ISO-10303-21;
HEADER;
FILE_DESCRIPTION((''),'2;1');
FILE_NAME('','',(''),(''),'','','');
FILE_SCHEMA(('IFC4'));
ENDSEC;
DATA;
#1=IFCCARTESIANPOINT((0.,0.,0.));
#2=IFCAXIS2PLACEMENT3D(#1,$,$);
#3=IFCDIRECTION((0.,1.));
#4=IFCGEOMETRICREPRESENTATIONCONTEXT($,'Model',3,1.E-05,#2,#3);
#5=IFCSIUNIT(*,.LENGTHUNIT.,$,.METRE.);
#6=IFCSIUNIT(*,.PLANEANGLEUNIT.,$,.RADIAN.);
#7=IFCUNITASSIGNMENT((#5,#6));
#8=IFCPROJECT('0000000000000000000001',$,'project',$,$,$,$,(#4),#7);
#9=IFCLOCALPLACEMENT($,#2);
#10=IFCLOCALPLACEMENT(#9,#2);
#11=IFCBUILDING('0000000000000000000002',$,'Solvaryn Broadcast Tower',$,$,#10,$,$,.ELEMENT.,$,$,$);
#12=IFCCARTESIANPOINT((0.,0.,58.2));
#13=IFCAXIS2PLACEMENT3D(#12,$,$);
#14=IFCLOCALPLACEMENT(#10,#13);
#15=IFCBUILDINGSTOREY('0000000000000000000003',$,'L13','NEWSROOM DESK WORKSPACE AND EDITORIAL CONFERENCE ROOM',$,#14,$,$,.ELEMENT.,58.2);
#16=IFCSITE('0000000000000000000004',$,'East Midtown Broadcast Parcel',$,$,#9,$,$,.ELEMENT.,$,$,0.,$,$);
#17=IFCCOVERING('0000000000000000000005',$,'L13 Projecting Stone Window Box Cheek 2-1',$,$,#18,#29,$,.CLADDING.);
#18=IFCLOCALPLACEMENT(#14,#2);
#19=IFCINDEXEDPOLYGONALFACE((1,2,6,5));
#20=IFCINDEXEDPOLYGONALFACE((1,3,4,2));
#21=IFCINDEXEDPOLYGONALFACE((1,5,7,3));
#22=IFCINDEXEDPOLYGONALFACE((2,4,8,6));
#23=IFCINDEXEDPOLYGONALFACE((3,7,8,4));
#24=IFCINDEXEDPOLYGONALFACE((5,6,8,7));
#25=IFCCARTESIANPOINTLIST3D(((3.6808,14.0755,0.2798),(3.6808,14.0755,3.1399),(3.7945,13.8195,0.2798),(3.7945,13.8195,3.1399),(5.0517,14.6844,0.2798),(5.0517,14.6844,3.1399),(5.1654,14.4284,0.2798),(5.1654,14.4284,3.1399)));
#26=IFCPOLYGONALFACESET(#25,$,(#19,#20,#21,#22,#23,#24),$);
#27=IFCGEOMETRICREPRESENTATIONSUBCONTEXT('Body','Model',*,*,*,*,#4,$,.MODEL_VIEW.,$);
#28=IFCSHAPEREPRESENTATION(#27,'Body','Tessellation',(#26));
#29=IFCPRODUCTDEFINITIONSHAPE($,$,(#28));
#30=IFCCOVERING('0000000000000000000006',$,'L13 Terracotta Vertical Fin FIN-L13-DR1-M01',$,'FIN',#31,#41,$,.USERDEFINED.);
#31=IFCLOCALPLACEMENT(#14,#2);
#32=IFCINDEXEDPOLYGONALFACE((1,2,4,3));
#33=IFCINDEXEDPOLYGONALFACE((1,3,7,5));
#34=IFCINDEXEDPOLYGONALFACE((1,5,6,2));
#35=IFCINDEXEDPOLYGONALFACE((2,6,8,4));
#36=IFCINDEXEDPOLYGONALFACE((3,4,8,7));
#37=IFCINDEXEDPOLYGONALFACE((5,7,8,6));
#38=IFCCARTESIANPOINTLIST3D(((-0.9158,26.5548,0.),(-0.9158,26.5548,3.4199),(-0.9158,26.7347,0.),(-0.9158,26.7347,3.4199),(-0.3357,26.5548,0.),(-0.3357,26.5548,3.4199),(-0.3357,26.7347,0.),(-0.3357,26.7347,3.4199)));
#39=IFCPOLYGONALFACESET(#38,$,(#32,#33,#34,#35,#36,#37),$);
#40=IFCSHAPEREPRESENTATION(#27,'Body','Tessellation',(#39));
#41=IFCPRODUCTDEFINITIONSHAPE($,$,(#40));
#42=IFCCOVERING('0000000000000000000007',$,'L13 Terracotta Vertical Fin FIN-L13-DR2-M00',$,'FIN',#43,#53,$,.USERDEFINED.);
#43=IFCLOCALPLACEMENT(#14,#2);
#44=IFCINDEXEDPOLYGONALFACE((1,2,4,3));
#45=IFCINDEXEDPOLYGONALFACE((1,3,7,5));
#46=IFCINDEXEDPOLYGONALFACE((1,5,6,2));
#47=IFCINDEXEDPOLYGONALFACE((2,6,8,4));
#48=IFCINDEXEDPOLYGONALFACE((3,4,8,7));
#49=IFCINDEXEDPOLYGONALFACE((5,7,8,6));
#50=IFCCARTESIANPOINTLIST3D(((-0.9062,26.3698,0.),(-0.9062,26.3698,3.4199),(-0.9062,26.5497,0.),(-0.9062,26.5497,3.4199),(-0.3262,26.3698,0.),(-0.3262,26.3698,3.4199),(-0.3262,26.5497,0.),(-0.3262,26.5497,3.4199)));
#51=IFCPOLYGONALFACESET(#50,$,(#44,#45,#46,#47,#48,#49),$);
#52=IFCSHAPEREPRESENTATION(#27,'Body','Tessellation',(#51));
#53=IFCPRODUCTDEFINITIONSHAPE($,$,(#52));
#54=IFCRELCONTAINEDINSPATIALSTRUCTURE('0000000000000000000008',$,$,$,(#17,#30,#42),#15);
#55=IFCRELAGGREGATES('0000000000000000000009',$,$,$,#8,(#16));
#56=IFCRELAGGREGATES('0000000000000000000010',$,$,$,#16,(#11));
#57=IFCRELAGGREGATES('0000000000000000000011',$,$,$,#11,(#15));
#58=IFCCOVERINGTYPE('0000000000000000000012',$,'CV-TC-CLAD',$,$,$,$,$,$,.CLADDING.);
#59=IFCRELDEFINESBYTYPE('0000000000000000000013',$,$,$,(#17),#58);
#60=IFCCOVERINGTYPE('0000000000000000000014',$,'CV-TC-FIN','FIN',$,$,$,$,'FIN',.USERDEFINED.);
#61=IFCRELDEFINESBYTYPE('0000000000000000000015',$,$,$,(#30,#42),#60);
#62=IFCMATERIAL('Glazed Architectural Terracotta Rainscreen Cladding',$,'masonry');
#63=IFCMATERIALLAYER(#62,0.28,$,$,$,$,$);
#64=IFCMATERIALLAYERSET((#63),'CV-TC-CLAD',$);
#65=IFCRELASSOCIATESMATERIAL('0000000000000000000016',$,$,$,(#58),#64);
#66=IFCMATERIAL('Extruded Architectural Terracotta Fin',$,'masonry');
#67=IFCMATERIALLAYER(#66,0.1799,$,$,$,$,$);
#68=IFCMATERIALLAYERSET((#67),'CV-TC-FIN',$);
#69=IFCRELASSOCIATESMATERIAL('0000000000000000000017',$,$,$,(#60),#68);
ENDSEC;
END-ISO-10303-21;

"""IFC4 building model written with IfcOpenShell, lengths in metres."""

from ifc_helpers import new_model, si_unit, direction, frame, origin, origin_2d, place, context, subcontext, project, spatial, rectangle, extrude, material, layer, layer_set, type_object, element, save


model = new_model("IFC4")

# Units and contexts
model_context = context("Model", 3, precision=1e-05, world=origin(), true_north=direction((0.0, 1.0)))
body_context = subcontext(model_context, "Body", "Model", "MODEL_VIEW")
ifc_project = project(units=[si_unit("LENGTHUNIT", "METRE"), si_unit("PLANEANGLEUNIT", "RADIAN")], contexts=[model_context])

# Site, building, storey
site_placement = place(None, origin())
site = spatial("IfcSite", under=ifc_project, at=site_placement, Name="East Midtown Broadcast Parcel", CompositionType="ELEMENT", RefElevation=0.0)
building_placement = place(site_placement, origin())
building = spatial("IfcBuilding", under=site, at=building_placement, Name="Solvaryn Broadcast Tower", CompositionType="ELEMENT")
storey_placement = place(building_placement, frame((0.0, 0.0, 58.2)))
storey = spatial("IfcBuildingStorey", under=building, at=storey_placement, Name="L13", Description="NEWSROOM DESK WORKSPACE AND EDITORIAL CONFERENCE ROOM", CompositionType="ELEMENT", Elevation=58.2)

# Coverings
ifc_material_1 = material(Name="Glazed Architectural Terracotta Rainscreen Cladding", Category="masonry")
ifc_layer_1 = layer(ifc_material_1, 0.28)
ifc_layer_set_1 = layer_set([ifc_layer_1], Name="CV-TC-CLAD")
covering_type_1 = type_object("IfcCoveringType", Name="CV-TC-CLAD", PredefinedType="CLADDING", material=ifc_layer_set_1)
covering_1_placement = place(storey_placement, frame((4.4231, 14.252, 0.2798), z_axis=(0.0, 0.0, 1.0), x_axis=(0.405939, -0.9139, 0.0)))
element("IfcCovering", 1, at=covering_1_placement, inside=storey, type_object=covering_type_1, Name="L13 Projecting Stone Window Box Cheek 2-1", PredefinedType="CLADDING", context=body_context, shape_type="SweptSolid", body=[
    extrude(rectangle(XDim=0.28, YDim=1.5, at=origin_2d()), origin(), (0.0, 0.0, 1.0), 2.8601),
])
ifc_material_2 = material(Name="Extruded Architectural Terracotta Fin", Category="masonry")
ifc_layer_2 = layer(ifc_material_2, 0.1799)
ifc_layer_set_2 = layer_set([ifc_layer_2], Name="CV-TC-FIN")
covering_type_2 = type_object("IfcCoveringType", Name="CV-TC-FIN", Description="FIN", ElementType="FIN", PredefinedType="USERDEFINED", material=ifc_layer_set_2)
for number, where, z_axis, x_axis, name in (
    (2, (-0.6257, 26.6448, 0.0), (0.0, 0.0, 1.0), (1.0, 0.0, 0.0), "L13 Terracotta Vertical Fin FIN-L13-DR1-M01"),
    (3, (-0.6162, 26.4597, 0.0), (0.0, 0.0, 1.0), (1.0, 0.0, 0.0), "L13 Terracotta Vertical Fin FIN-L13-DR2-M00"),
):
    element("IfcCovering", number, at=place(storey_placement, frame(where, z_axis=z_axis, x_axis=x_axis)), inside=storey, type_object=covering_type_2, Name=name, ObjectType="FIN", PredefinedType="USERDEFINED", context=body_context, shape_type="SweptSolid", body=[
        extrude(rectangle(XDim=0.5801, YDim=0.1799, at=origin_2d()), origin(), (0.0, 0.0, 1.0), 3.4199),
    ])

save(model, "model.ifc")
